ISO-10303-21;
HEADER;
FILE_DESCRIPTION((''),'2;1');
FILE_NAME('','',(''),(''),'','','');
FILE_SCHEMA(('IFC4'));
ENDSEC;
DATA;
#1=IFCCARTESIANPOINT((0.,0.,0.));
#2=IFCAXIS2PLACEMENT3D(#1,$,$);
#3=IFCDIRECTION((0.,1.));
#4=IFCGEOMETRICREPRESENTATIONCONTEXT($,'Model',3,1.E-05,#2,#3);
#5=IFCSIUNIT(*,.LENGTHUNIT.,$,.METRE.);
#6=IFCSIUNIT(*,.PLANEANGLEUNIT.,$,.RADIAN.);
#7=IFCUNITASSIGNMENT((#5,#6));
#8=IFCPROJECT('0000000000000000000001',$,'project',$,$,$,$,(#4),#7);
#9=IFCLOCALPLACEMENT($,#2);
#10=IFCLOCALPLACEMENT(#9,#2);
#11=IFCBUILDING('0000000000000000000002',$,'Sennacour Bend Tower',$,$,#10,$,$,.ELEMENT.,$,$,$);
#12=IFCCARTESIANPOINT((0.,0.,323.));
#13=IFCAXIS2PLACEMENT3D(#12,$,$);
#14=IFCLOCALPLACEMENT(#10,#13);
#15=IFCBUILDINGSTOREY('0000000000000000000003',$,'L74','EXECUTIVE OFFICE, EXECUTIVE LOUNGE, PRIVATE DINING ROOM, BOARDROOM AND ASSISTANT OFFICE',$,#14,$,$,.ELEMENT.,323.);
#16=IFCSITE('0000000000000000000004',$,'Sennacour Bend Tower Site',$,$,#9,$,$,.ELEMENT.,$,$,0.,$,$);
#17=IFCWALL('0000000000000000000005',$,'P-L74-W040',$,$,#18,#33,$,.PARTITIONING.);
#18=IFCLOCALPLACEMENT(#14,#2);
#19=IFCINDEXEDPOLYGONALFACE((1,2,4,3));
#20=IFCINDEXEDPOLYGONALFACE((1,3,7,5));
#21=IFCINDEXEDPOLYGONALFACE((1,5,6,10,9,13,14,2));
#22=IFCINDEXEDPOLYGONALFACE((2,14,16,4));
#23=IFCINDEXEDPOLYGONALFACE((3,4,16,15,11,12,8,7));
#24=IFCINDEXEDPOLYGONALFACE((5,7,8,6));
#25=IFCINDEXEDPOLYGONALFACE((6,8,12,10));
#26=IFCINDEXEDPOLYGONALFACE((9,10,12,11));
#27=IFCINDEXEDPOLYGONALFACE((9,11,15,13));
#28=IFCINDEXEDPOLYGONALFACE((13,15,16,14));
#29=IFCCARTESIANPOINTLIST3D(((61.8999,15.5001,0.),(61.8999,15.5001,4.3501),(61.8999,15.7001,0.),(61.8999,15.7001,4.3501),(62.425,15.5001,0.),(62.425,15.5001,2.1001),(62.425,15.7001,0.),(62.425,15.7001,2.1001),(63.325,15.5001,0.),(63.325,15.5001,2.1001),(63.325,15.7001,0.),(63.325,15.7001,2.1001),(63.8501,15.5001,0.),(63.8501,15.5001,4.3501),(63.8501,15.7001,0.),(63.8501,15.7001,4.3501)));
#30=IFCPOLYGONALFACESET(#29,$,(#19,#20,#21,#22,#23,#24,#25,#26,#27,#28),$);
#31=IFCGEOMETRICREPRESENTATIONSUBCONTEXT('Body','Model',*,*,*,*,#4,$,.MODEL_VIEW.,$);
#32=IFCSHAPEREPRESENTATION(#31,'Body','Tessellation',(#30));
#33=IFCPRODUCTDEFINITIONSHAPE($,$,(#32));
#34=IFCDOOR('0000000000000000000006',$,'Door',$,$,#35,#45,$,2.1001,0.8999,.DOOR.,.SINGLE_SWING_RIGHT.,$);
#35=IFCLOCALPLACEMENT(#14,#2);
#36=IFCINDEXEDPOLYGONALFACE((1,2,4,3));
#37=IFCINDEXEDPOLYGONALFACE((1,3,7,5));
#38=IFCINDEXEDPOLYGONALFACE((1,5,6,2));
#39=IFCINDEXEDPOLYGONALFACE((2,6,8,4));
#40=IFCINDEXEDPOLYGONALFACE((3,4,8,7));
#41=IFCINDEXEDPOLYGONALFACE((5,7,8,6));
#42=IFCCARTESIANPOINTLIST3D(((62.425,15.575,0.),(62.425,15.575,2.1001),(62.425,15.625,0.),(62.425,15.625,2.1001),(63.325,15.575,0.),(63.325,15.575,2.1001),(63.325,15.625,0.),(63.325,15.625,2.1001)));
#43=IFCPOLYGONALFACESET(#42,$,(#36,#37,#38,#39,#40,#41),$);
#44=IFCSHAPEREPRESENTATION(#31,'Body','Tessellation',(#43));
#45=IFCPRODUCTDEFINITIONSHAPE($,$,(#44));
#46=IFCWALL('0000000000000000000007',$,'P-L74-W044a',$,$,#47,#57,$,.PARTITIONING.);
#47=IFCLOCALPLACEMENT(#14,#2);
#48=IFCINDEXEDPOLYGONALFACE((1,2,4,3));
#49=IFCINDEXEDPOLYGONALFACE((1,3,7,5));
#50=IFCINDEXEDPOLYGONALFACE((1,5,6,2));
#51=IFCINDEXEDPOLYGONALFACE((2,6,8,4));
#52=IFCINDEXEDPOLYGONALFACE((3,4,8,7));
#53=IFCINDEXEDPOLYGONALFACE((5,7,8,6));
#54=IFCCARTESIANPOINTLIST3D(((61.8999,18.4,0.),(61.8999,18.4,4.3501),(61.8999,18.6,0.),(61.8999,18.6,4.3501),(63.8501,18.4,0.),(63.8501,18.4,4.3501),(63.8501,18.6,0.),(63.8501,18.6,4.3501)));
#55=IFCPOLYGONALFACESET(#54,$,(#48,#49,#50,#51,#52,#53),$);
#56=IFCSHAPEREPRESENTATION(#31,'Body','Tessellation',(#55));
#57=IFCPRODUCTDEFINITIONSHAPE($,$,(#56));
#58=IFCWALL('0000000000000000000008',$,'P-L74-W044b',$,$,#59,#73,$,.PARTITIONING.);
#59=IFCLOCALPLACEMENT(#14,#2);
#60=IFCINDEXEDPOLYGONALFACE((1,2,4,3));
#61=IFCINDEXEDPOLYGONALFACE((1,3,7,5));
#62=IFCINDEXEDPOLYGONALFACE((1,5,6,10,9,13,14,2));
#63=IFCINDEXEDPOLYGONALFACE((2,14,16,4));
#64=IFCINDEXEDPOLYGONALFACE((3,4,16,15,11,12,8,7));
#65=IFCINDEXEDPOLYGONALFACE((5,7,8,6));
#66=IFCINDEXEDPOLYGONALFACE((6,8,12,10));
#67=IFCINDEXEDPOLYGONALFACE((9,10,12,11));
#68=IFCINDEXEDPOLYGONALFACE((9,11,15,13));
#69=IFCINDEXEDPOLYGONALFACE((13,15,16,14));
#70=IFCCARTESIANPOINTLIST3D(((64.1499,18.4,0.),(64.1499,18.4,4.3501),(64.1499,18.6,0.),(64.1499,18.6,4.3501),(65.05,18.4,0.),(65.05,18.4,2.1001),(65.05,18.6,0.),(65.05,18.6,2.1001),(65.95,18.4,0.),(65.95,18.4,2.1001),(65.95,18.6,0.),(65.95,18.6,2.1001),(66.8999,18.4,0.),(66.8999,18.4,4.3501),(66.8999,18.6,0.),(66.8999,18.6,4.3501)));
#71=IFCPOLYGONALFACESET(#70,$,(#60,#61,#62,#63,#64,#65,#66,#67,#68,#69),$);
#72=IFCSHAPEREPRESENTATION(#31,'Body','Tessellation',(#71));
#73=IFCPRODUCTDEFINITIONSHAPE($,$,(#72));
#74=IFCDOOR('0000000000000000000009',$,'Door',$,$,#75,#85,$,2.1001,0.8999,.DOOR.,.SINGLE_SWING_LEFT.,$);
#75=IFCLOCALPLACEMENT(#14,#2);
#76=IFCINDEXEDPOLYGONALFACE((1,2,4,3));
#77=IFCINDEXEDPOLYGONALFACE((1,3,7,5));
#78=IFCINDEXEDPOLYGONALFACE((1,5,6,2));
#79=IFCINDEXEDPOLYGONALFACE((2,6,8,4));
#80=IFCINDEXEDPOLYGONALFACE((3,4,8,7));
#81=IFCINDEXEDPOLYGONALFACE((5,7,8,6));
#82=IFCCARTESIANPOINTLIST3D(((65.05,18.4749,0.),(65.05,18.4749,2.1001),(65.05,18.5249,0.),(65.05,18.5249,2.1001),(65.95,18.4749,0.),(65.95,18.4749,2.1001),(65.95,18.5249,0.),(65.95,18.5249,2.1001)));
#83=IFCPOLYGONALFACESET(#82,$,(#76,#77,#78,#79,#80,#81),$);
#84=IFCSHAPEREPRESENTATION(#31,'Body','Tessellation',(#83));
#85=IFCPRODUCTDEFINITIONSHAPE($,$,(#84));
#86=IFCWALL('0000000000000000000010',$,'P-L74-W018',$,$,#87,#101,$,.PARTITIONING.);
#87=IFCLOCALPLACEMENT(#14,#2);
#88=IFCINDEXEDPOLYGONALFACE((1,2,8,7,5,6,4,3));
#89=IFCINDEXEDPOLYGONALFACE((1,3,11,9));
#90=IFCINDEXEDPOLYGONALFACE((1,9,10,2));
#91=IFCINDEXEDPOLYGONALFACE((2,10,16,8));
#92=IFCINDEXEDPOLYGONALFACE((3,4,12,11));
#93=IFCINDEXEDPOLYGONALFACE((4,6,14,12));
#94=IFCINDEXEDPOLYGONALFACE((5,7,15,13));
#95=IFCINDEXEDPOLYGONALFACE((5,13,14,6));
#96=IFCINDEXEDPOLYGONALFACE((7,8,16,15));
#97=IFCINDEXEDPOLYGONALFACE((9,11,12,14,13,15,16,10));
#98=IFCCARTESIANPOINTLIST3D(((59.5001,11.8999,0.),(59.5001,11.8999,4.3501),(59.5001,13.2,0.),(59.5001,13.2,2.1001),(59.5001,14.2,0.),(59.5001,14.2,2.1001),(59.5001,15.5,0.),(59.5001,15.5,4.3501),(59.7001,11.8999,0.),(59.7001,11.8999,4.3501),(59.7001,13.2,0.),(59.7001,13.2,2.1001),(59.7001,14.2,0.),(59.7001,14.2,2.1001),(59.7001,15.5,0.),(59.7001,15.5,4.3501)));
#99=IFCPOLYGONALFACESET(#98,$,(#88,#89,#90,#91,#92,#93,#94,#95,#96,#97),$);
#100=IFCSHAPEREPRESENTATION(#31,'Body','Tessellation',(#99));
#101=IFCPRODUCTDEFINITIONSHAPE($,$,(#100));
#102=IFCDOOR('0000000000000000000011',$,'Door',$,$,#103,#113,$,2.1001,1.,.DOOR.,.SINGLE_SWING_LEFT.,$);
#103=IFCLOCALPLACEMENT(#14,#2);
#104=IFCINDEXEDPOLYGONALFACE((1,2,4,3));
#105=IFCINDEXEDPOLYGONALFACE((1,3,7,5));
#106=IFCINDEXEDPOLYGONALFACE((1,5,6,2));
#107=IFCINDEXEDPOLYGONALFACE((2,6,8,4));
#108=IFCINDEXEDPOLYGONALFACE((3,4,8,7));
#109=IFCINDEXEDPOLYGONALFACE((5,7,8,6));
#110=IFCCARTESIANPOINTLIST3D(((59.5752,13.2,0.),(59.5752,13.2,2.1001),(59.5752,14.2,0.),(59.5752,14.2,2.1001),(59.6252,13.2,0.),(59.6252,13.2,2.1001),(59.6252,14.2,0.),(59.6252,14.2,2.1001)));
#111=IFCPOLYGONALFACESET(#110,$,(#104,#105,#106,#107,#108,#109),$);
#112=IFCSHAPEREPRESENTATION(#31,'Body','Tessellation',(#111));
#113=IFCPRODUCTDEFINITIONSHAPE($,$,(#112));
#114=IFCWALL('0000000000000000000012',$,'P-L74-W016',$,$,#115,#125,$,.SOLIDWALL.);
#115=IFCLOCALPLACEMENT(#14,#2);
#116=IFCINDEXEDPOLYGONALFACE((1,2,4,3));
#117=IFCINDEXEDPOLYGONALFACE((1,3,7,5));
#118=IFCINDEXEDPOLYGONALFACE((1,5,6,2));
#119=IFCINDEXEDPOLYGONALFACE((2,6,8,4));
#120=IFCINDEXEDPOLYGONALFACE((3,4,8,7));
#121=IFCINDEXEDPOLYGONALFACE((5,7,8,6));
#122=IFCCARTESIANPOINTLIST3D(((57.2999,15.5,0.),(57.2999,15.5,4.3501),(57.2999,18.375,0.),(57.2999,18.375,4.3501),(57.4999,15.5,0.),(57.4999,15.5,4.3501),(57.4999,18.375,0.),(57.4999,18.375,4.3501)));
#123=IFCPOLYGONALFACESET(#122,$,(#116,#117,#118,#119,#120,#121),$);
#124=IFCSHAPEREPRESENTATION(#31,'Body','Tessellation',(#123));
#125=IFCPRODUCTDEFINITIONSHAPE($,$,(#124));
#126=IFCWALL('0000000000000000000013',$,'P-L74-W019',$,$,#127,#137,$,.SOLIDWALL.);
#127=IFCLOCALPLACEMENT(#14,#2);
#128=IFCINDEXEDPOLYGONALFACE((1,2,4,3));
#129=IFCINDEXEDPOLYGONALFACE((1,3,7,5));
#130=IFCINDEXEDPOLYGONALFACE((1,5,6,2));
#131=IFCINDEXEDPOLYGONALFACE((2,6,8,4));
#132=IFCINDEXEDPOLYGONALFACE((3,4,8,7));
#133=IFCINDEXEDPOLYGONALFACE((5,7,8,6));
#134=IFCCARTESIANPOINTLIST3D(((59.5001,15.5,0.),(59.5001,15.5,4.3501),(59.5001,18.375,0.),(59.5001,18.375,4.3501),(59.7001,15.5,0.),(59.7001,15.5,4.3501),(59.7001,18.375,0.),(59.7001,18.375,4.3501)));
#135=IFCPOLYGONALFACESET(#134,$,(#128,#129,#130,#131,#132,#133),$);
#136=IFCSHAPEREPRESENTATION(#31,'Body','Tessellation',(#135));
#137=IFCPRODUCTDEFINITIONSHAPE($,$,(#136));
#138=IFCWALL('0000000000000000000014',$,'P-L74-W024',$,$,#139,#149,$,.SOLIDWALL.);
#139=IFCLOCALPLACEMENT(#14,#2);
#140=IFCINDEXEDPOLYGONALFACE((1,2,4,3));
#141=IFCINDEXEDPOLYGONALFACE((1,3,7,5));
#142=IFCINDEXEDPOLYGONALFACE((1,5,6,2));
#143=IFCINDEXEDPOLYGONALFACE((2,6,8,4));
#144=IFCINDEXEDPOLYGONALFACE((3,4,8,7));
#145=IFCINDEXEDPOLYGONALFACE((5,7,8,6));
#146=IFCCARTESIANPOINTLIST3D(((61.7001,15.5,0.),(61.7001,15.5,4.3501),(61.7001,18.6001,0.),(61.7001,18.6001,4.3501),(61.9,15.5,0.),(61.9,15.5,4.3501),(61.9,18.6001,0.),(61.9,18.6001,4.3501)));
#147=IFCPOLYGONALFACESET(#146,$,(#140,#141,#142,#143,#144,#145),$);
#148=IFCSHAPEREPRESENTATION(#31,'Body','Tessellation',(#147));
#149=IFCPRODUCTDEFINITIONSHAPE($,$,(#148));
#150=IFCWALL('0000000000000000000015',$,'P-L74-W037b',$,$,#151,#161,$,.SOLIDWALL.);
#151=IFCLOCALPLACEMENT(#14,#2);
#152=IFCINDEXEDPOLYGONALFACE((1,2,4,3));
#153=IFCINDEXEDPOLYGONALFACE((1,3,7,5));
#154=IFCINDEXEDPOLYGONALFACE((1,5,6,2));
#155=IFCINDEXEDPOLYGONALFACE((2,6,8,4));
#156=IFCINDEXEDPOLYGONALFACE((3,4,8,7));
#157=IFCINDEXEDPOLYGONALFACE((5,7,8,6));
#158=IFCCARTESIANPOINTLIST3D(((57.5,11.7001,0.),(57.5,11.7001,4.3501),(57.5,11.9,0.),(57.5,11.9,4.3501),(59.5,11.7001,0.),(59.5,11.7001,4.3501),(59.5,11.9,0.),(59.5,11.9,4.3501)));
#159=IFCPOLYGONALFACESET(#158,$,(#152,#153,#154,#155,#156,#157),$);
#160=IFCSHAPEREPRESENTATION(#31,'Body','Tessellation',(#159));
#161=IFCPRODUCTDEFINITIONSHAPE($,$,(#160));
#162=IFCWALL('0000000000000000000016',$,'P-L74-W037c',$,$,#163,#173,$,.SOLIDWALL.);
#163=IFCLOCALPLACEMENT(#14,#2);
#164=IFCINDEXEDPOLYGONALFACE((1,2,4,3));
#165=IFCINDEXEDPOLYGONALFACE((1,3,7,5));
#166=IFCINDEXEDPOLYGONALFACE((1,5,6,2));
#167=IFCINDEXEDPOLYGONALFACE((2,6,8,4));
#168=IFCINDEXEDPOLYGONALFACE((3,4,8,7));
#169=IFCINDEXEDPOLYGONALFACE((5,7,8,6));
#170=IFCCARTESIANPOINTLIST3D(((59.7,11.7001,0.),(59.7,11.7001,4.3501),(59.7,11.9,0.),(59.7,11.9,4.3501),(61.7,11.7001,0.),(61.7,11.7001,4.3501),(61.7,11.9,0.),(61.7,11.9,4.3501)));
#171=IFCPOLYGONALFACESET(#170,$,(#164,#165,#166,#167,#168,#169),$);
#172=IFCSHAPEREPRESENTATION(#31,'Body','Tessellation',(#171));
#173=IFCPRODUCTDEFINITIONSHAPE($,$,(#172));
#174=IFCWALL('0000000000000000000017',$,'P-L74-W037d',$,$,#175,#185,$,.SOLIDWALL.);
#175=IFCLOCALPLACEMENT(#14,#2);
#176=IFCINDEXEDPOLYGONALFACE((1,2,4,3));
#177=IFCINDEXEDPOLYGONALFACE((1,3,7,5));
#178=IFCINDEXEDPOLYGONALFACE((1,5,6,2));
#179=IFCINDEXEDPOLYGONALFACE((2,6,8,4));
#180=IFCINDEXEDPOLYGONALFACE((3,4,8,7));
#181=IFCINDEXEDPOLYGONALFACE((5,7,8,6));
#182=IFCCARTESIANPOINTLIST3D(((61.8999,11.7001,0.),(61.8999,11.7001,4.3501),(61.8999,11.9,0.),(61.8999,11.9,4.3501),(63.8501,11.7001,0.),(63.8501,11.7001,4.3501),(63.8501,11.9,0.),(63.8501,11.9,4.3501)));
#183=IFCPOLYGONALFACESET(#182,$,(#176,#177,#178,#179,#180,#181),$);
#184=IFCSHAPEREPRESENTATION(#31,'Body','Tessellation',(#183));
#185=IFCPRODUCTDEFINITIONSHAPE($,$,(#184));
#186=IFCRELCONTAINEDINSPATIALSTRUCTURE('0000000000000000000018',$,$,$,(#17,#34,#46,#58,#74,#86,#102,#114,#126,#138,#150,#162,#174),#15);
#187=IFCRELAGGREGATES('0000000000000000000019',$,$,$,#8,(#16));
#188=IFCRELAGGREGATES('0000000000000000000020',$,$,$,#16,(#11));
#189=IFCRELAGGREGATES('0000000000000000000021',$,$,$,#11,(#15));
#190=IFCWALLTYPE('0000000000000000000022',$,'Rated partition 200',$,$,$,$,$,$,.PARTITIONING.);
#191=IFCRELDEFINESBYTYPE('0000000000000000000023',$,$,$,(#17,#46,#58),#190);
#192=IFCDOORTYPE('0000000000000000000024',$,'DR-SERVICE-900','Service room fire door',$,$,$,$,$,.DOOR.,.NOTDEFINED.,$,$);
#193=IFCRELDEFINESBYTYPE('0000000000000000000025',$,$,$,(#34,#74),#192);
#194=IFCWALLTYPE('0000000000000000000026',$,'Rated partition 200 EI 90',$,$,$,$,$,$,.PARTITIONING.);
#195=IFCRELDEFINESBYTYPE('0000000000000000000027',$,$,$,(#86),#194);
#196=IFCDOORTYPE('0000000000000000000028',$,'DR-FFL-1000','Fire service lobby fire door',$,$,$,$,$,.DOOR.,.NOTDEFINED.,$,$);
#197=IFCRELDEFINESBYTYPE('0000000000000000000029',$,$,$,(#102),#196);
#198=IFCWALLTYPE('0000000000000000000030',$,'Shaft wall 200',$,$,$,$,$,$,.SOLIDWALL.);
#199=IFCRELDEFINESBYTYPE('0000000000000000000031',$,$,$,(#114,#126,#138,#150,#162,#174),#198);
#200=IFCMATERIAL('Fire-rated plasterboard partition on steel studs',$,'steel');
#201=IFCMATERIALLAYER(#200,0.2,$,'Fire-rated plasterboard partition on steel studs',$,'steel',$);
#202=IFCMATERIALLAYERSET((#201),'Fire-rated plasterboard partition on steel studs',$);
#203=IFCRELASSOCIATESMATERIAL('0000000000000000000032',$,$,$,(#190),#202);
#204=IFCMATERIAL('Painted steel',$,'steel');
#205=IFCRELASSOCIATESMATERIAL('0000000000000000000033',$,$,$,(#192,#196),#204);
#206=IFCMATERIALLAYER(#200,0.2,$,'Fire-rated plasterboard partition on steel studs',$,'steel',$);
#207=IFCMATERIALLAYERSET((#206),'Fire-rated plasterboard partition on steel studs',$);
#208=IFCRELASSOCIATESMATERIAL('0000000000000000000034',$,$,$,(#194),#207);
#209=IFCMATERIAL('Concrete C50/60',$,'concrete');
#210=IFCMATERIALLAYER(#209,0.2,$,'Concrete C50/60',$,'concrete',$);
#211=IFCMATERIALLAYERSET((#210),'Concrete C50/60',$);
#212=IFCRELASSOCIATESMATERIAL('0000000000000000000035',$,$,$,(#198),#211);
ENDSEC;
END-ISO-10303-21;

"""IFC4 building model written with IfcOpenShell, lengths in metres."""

from ifc_helpers import new_model, si_unit, direction, frame, frame_2d, origin, place, context, subcontext, project, spatial, rectangle, extrude, material, layer, layer_set, type_object, element, fill, save


model = new_model("IFC4")

# Units and contexts
model_context = context("Model", 3, precision=1e-05, world=origin(), true_north=direction((0.0, 1.0)))
body_context = subcontext(model_context, "Body", "Model", "MODEL_VIEW")
ifc_project = project(units=[si_unit("LENGTHUNIT", "METRE"), si_unit("PLANEANGLEUNIT", "RADIAN")], contexts=[model_context])

# Site, building, storey
site_placement = place(None, origin())
site = spatial("IfcSite", under=ifc_project, at=site_placement, Name="Sennacour Bend Tower Site", CompositionType="ELEMENT", RefElevation=0.0)
building_placement = place(site_placement, origin())
building = spatial("IfcBuilding", under=site, at=building_placement, Name="Sennacour Bend Tower", CompositionType="ELEMENT")
storey_placement = place(building_placement, frame((0.0, 0.0, 323.0)))
storey = spatial("IfcBuildingStorey", under=building, at=storey_placement, Name="L74", Description="EXECUTIVE OFFICE, EXECUTIVE LOUNGE, PRIVATE DINING ROOM, BOARDROOM AND ASSISTANT OFFICE", CompositionType="ELEMENT", Elevation=323.0)

# Wall, opening, door
ifc_material_1 = material(Name="Fire-rated plasterboard partition on steel studs", Category="steel")
ifc_layer_1 = layer(ifc_material_1, 0.2, Name="Fire-rated plasterboard partition on steel studs", Category="steel")
ifc_layer_set_1 = layer_set([ifc_layer_1], Name="Fire-rated plasterboard partition on steel studs")
wall_type_1 = type_object("IfcWallType", Name="Rated partition 200", PredefinedType="PARTITIONING", material=ifc_layer_set_1)
wall_1_placement = place(storey_placement, frame((61.8999, 15.6001, 0.0), z_axis=(0.0, 0.0, 1.0), x_axis=(1.0, 0.0, 0.0)))
wall_1 = element("IfcWall", 1, at=wall_1_placement, inside=storey, type_object=wall_type_1, Name="P-L74-W040", PredefinedType="PARTITIONING", context=body_context, shape_type="SweptSolid", body=[
    extrude(rectangle(XDim=1.9502, YDim=0.2, at=frame_2d((0.9751, 0.0))), origin(), (0.0, 0.0, 1.0), 4.3501),
])
opening_1_placement = place(wall_1_placement, frame((0.5251, 0.0, 0.0)))
opening_1 = element("IfcOpeningElement", 2, at=opening_1_placement, cuts=wall_1, PredefinedType="OPENING", context=body_context, shape_type="SweptSolid", body=[
    extrude(rectangle(XDim=0.8999, YDim=2.1001, at=frame_2d((0.45, 1.05))), frame((0.0, 0.1099, 0.0), z_axis=(0.0, -1.0, 0.0), x_axis=(1.0, 0.0, 0.0)), (0.0, 0.0, 1.0), 0.22),
])
ifc_material_2 = material(Name="Painted steel", Category="steel")
door_type_1 = type_object("IfcDoorType", Name="DR-SERVICE-900", Description="Service room fire door", OperationType="NOTDEFINED", PredefinedType="DOOR", material=ifc_material_2)
door_1_placement = place(opening_1_placement, origin())
door_1 = element("IfcDoor", 3, at=door_1_placement, inside=storey, type_object=door_type_1, Name="Door", OperationType="SINGLE_SWING_RIGHT", OverallHeight=2.1001, OverallWidth=0.8999, PredefinedType="DOOR", context=body_context, shape_type="SweptSolid", body=[
    extrude(rectangle(XDim=0.8999, YDim=2.1001, at=frame_2d((0.45, 1.05))), frame((0.0, 0.0249, 0.0), z_axis=(0.0, -1.0, 0.0), x_axis=(1.0, 0.0, 0.0)), (0.0, 0.0, 1.0), 0.05),
])
fill(opening_1, door_1)

# Wall
wall_2_placement = place(storey_placement, frame((61.8999, 18.5, 0.0), z_axis=(0.0, 0.0, 1.0), x_axis=(1.0, 0.0, 0.0)))
element("IfcWall", 4, at=wall_2_placement, inside=storey, type_object=wall_type_1, Name="P-L74-W044a", PredefinedType="PARTITIONING", context=body_context, shape_type="SweptSolid", body=[
    extrude(rectangle(XDim=1.9502, YDim=0.2, at=frame_2d((0.9751, 0.0))), origin(), (0.0, 0.0, 1.0), 4.3501),
])

# Walls, openings, doors
wall_3_placement = place(storey_placement, frame((64.1499, 18.5, 0.0), z_axis=(0.0, 0.0, 1.0), x_axis=(1.0, 0.0, 0.0)))
wall_3 = element("IfcWall", 5, at=wall_3_placement, inside=storey, type_object=wall_type_1, Name="P-L74-W044b", PredefinedType="PARTITIONING", context=body_context, shape_type="SweptSolid", body=[
    extrude(rectangle(XDim=2.75, YDim=0.2, at=frame_2d((1.375, 0.0))), origin(), (0.0, 0.0, 1.0), 4.3501),
])
opening_2_placement = place(wall_3_placement, frame((0.9001, 0.0, 0.0)))
opening_2 = element("IfcOpeningElement", 6, at=opening_2_placement, cuts=wall_3, PredefinedType="OPENING", context=body_context, shape_type="SweptSolid", body=[
    extrude(rectangle(XDim=0.8999, YDim=2.1001, at=frame_2d((0.45, 1.05))), frame((0.0, 0.1099, 0.0), z_axis=(0.0, -1.0, 0.0), x_axis=(1.0, 0.0, 0.0)), (0.0, 0.0, 1.0), 0.22),
])
door_2_placement = place(opening_2_placement, origin())
door_2 = element("IfcDoor", 7, at=door_2_placement, inside=storey, type_object=door_type_1, Name="Door", OperationType="SINGLE_SWING_LEFT", OverallHeight=2.1001, OverallWidth=0.8999, PredefinedType="DOOR", context=body_context, shape_type="SweptSolid", body=[
    extrude(rectangle(XDim=0.8999, YDim=2.1001, at=frame_2d((0.45, 1.05))), frame((0.0, 0.0249, 0.0), z_axis=(0.0, -1.0, 0.0), x_axis=(1.0, 0.0, 0.0)), (0.0, 0.0, 1.0), 0.05),
])
fill(opening_2, door_2)
ifc_layer_2 = layer(ifc_material_1, 0.2, Name="Fire-rated plasterboard partition on steel studs", Category="steel")
ifc_layer_set_2 = layer_set([ifc_layer_2], Name="Fire-rated plasterboard partition on steel studs")
wall_type_2 = type_object("IfcWallType", Name="Rated partition 200 EI 90", PredefinedType="PARTITIONING", material=ifc_layer_set_2)
wall_4_placement = place(storey_placement, frame((59.6001, 11.8999, 0.0), z_axis=(0.0, 0.0, 1.0), x_axis=(0.0, 1.0, 0.0)))
wall_4 = element("IfcWall", 8, at=wall_4_placement, inside=storey, type_object=wall_type_2, Name="P-L74-W018", PredefinedType="PARTITIONING", context=body_context, shape_type="SweptSolid", body=[
    extrude(rectangle(XDim=3.6001, YDim=0.2, at=frame_2d((1.8, 0.0))), origin(), (0.0, 0.0, 1.0), 4.3501),
])
opening_3_placement = place(wall_4_placement, frame((1.3, 0.0, 0.0)))
opening_3 = element("IfcOpeningElement", 9, at=opening_3_placement, cuts=wall_4, PredefinedType="OPENING", context=body_context, shape_type="SweptSolid", body=[
    extrude(rectangle(XDim=1.0, YDim=2.1001, at=frame_2d((0.5, 1.05))), frame((0.0, 0.1099, 0.0), z_axis=(0.0, -1.0, 0.0), x_axis=(1.0, 0.0, 0.0)), (0.0, 0.0, 1.0), 0.22),
])
door_type_2 = type_object("IfcDoorType", Name="DR-FFL-1000", Description="Fire service lobby fire door", OperationType="NOTDEFINED", PredefinedType="DOOR", material=ifc_material_2)
door_3_placement = place(opening_3_placement, origin())
door_3 = element("IfcDoor", 10, at=door_3_placement, inside=storey, type_object=door_type_2, Name="Door", OperationType="SINGLE_SWING_LEFT", OverallHeight=2.1001, OverallWidth=1.0, PredefinedType="DOOR", context=body_context, shape_type="SweptSolid", body=[
    extrude(rectangle(XDim=1.0, YDim=2.1001, at=frame_2d((0.5, 1.05))), frame((0.0, 0.0249, 0.0), z_axis=(0.0, -1.0, 0.0), x_axis=(1.0, 0.0, 0.0)), (0.0, 0.0, 1.0), 0.05),
])
fill(opening_3, door_3)

# Walls
ifc_material_3 = material(Name="Concrete C50/60", Category="concrete")
ifc_layer_3 = layer(ifc_material_3, 0.2, Name="Concrete C50/60", Category="concrete")
ifc_layer_set_3 = layer_set([ifc_layer_3], Name="Concrete C50/60")
wall_type_3 = type_object("IfcWallType", Name="Shaft wall 200", PredefinedType="SOLIDWALL", material=ifc_layer_set_3)
for number, where, z_axis, x_axis, name in (
    (11, (57.3999, 15.5, 0.0), (0.0, 0.0, 1.0), (0.0, 1.0, 0.0), "P-L74-W016"),
    (12, (59.6001, 15.5, 0.0), (0.0, 0.0, 1.0), (0.0, 1.0, 0.0), "P-L74-W019"),
):
    element("IfcWall", number, at=place(storey_placement, frame(where, z_axis=z_axis, x_axis=x_axis)), inside=storey, type_object=wall_type_3, Name=name, PredefinedType="SOLIDWALL", context=body_context, shape_type="SweptSolid", body=[
        extrude(rectangle(XDim=2.875, YDim=0.2, at=frame_2d((1.4375, 0.0))), origin(), (0.0, 0.0, 1.0), 4.3501),
    ])
wall_5_placement = place(storey_placement, frame((61.8, 15.5, 0.0), z_axis=(0.0, 0.0, 1.0), x_axis=(0.0, 1.0, 0.0)))
element("IfcWall", 13, at=wall_5_placement, inside=storey, type_object=wall_type_3, Name="P-L74-W024", PredefinedType="SOLIDWALL", context=body_context, shape_type="SweptSolid", body=[
    extrude(rectangle(XDim=3.1001, YDim=0.2, at=frame_2d((1.55, 0.0))), origin(), (0.0, 0.0, 1.0), 4.3501),
])
for number, where, z_axis, x_axis, name in (
    (14, (57.5, 11.8, 0.0), (0.0, 0.0, 1.0), (1.0, 0.0, 0.0), "P-L74-W037b"),
    (15, (59.7, 11.8, 0.0), (0.0, 0.0, 1.0), (1.0, 0.0, 0.0), "P-L74-W037c"),
):
    element("IfcWall", number, at=place(storey_placement, frame(where, z_axis=z_axis, x_axis=x_axis)), inside=storey, type_object=wall_type_3, Name=name, PredefinedType="SOLIDWALL", context=body_context, shape_type="SweptSolid", body=[
        extrude(rectangle(XDim=2.0, YDim=0.2, at=frame_2d((1.0, 0.0))), origin(), (0.0, 0.0, 1.0), 4.3501),
    ])
wall_6_placement = place(storey_placement, frame((61.8999, 11.8, 0.0), z_axis=(0.0, 0.0, 1.0), x_axis=(1.0, 0.0, 0.0)))
element("IfcWall", 16, at=wall_6_placement, inside=storey, type_object=wall_type_3, Name="P-L74-W037d", PredefinedType="SOLIDWALL", context=body_context, shape_type="SweptSolid", body=[
    extrude(rectangle(XDim=1.9502, YDim=0.2, at=frame_2d((0.9751, 0.0))), origin(), (0.0, 0.0, 1.0), 4.3501),
])

save(model, "model.ifc")
